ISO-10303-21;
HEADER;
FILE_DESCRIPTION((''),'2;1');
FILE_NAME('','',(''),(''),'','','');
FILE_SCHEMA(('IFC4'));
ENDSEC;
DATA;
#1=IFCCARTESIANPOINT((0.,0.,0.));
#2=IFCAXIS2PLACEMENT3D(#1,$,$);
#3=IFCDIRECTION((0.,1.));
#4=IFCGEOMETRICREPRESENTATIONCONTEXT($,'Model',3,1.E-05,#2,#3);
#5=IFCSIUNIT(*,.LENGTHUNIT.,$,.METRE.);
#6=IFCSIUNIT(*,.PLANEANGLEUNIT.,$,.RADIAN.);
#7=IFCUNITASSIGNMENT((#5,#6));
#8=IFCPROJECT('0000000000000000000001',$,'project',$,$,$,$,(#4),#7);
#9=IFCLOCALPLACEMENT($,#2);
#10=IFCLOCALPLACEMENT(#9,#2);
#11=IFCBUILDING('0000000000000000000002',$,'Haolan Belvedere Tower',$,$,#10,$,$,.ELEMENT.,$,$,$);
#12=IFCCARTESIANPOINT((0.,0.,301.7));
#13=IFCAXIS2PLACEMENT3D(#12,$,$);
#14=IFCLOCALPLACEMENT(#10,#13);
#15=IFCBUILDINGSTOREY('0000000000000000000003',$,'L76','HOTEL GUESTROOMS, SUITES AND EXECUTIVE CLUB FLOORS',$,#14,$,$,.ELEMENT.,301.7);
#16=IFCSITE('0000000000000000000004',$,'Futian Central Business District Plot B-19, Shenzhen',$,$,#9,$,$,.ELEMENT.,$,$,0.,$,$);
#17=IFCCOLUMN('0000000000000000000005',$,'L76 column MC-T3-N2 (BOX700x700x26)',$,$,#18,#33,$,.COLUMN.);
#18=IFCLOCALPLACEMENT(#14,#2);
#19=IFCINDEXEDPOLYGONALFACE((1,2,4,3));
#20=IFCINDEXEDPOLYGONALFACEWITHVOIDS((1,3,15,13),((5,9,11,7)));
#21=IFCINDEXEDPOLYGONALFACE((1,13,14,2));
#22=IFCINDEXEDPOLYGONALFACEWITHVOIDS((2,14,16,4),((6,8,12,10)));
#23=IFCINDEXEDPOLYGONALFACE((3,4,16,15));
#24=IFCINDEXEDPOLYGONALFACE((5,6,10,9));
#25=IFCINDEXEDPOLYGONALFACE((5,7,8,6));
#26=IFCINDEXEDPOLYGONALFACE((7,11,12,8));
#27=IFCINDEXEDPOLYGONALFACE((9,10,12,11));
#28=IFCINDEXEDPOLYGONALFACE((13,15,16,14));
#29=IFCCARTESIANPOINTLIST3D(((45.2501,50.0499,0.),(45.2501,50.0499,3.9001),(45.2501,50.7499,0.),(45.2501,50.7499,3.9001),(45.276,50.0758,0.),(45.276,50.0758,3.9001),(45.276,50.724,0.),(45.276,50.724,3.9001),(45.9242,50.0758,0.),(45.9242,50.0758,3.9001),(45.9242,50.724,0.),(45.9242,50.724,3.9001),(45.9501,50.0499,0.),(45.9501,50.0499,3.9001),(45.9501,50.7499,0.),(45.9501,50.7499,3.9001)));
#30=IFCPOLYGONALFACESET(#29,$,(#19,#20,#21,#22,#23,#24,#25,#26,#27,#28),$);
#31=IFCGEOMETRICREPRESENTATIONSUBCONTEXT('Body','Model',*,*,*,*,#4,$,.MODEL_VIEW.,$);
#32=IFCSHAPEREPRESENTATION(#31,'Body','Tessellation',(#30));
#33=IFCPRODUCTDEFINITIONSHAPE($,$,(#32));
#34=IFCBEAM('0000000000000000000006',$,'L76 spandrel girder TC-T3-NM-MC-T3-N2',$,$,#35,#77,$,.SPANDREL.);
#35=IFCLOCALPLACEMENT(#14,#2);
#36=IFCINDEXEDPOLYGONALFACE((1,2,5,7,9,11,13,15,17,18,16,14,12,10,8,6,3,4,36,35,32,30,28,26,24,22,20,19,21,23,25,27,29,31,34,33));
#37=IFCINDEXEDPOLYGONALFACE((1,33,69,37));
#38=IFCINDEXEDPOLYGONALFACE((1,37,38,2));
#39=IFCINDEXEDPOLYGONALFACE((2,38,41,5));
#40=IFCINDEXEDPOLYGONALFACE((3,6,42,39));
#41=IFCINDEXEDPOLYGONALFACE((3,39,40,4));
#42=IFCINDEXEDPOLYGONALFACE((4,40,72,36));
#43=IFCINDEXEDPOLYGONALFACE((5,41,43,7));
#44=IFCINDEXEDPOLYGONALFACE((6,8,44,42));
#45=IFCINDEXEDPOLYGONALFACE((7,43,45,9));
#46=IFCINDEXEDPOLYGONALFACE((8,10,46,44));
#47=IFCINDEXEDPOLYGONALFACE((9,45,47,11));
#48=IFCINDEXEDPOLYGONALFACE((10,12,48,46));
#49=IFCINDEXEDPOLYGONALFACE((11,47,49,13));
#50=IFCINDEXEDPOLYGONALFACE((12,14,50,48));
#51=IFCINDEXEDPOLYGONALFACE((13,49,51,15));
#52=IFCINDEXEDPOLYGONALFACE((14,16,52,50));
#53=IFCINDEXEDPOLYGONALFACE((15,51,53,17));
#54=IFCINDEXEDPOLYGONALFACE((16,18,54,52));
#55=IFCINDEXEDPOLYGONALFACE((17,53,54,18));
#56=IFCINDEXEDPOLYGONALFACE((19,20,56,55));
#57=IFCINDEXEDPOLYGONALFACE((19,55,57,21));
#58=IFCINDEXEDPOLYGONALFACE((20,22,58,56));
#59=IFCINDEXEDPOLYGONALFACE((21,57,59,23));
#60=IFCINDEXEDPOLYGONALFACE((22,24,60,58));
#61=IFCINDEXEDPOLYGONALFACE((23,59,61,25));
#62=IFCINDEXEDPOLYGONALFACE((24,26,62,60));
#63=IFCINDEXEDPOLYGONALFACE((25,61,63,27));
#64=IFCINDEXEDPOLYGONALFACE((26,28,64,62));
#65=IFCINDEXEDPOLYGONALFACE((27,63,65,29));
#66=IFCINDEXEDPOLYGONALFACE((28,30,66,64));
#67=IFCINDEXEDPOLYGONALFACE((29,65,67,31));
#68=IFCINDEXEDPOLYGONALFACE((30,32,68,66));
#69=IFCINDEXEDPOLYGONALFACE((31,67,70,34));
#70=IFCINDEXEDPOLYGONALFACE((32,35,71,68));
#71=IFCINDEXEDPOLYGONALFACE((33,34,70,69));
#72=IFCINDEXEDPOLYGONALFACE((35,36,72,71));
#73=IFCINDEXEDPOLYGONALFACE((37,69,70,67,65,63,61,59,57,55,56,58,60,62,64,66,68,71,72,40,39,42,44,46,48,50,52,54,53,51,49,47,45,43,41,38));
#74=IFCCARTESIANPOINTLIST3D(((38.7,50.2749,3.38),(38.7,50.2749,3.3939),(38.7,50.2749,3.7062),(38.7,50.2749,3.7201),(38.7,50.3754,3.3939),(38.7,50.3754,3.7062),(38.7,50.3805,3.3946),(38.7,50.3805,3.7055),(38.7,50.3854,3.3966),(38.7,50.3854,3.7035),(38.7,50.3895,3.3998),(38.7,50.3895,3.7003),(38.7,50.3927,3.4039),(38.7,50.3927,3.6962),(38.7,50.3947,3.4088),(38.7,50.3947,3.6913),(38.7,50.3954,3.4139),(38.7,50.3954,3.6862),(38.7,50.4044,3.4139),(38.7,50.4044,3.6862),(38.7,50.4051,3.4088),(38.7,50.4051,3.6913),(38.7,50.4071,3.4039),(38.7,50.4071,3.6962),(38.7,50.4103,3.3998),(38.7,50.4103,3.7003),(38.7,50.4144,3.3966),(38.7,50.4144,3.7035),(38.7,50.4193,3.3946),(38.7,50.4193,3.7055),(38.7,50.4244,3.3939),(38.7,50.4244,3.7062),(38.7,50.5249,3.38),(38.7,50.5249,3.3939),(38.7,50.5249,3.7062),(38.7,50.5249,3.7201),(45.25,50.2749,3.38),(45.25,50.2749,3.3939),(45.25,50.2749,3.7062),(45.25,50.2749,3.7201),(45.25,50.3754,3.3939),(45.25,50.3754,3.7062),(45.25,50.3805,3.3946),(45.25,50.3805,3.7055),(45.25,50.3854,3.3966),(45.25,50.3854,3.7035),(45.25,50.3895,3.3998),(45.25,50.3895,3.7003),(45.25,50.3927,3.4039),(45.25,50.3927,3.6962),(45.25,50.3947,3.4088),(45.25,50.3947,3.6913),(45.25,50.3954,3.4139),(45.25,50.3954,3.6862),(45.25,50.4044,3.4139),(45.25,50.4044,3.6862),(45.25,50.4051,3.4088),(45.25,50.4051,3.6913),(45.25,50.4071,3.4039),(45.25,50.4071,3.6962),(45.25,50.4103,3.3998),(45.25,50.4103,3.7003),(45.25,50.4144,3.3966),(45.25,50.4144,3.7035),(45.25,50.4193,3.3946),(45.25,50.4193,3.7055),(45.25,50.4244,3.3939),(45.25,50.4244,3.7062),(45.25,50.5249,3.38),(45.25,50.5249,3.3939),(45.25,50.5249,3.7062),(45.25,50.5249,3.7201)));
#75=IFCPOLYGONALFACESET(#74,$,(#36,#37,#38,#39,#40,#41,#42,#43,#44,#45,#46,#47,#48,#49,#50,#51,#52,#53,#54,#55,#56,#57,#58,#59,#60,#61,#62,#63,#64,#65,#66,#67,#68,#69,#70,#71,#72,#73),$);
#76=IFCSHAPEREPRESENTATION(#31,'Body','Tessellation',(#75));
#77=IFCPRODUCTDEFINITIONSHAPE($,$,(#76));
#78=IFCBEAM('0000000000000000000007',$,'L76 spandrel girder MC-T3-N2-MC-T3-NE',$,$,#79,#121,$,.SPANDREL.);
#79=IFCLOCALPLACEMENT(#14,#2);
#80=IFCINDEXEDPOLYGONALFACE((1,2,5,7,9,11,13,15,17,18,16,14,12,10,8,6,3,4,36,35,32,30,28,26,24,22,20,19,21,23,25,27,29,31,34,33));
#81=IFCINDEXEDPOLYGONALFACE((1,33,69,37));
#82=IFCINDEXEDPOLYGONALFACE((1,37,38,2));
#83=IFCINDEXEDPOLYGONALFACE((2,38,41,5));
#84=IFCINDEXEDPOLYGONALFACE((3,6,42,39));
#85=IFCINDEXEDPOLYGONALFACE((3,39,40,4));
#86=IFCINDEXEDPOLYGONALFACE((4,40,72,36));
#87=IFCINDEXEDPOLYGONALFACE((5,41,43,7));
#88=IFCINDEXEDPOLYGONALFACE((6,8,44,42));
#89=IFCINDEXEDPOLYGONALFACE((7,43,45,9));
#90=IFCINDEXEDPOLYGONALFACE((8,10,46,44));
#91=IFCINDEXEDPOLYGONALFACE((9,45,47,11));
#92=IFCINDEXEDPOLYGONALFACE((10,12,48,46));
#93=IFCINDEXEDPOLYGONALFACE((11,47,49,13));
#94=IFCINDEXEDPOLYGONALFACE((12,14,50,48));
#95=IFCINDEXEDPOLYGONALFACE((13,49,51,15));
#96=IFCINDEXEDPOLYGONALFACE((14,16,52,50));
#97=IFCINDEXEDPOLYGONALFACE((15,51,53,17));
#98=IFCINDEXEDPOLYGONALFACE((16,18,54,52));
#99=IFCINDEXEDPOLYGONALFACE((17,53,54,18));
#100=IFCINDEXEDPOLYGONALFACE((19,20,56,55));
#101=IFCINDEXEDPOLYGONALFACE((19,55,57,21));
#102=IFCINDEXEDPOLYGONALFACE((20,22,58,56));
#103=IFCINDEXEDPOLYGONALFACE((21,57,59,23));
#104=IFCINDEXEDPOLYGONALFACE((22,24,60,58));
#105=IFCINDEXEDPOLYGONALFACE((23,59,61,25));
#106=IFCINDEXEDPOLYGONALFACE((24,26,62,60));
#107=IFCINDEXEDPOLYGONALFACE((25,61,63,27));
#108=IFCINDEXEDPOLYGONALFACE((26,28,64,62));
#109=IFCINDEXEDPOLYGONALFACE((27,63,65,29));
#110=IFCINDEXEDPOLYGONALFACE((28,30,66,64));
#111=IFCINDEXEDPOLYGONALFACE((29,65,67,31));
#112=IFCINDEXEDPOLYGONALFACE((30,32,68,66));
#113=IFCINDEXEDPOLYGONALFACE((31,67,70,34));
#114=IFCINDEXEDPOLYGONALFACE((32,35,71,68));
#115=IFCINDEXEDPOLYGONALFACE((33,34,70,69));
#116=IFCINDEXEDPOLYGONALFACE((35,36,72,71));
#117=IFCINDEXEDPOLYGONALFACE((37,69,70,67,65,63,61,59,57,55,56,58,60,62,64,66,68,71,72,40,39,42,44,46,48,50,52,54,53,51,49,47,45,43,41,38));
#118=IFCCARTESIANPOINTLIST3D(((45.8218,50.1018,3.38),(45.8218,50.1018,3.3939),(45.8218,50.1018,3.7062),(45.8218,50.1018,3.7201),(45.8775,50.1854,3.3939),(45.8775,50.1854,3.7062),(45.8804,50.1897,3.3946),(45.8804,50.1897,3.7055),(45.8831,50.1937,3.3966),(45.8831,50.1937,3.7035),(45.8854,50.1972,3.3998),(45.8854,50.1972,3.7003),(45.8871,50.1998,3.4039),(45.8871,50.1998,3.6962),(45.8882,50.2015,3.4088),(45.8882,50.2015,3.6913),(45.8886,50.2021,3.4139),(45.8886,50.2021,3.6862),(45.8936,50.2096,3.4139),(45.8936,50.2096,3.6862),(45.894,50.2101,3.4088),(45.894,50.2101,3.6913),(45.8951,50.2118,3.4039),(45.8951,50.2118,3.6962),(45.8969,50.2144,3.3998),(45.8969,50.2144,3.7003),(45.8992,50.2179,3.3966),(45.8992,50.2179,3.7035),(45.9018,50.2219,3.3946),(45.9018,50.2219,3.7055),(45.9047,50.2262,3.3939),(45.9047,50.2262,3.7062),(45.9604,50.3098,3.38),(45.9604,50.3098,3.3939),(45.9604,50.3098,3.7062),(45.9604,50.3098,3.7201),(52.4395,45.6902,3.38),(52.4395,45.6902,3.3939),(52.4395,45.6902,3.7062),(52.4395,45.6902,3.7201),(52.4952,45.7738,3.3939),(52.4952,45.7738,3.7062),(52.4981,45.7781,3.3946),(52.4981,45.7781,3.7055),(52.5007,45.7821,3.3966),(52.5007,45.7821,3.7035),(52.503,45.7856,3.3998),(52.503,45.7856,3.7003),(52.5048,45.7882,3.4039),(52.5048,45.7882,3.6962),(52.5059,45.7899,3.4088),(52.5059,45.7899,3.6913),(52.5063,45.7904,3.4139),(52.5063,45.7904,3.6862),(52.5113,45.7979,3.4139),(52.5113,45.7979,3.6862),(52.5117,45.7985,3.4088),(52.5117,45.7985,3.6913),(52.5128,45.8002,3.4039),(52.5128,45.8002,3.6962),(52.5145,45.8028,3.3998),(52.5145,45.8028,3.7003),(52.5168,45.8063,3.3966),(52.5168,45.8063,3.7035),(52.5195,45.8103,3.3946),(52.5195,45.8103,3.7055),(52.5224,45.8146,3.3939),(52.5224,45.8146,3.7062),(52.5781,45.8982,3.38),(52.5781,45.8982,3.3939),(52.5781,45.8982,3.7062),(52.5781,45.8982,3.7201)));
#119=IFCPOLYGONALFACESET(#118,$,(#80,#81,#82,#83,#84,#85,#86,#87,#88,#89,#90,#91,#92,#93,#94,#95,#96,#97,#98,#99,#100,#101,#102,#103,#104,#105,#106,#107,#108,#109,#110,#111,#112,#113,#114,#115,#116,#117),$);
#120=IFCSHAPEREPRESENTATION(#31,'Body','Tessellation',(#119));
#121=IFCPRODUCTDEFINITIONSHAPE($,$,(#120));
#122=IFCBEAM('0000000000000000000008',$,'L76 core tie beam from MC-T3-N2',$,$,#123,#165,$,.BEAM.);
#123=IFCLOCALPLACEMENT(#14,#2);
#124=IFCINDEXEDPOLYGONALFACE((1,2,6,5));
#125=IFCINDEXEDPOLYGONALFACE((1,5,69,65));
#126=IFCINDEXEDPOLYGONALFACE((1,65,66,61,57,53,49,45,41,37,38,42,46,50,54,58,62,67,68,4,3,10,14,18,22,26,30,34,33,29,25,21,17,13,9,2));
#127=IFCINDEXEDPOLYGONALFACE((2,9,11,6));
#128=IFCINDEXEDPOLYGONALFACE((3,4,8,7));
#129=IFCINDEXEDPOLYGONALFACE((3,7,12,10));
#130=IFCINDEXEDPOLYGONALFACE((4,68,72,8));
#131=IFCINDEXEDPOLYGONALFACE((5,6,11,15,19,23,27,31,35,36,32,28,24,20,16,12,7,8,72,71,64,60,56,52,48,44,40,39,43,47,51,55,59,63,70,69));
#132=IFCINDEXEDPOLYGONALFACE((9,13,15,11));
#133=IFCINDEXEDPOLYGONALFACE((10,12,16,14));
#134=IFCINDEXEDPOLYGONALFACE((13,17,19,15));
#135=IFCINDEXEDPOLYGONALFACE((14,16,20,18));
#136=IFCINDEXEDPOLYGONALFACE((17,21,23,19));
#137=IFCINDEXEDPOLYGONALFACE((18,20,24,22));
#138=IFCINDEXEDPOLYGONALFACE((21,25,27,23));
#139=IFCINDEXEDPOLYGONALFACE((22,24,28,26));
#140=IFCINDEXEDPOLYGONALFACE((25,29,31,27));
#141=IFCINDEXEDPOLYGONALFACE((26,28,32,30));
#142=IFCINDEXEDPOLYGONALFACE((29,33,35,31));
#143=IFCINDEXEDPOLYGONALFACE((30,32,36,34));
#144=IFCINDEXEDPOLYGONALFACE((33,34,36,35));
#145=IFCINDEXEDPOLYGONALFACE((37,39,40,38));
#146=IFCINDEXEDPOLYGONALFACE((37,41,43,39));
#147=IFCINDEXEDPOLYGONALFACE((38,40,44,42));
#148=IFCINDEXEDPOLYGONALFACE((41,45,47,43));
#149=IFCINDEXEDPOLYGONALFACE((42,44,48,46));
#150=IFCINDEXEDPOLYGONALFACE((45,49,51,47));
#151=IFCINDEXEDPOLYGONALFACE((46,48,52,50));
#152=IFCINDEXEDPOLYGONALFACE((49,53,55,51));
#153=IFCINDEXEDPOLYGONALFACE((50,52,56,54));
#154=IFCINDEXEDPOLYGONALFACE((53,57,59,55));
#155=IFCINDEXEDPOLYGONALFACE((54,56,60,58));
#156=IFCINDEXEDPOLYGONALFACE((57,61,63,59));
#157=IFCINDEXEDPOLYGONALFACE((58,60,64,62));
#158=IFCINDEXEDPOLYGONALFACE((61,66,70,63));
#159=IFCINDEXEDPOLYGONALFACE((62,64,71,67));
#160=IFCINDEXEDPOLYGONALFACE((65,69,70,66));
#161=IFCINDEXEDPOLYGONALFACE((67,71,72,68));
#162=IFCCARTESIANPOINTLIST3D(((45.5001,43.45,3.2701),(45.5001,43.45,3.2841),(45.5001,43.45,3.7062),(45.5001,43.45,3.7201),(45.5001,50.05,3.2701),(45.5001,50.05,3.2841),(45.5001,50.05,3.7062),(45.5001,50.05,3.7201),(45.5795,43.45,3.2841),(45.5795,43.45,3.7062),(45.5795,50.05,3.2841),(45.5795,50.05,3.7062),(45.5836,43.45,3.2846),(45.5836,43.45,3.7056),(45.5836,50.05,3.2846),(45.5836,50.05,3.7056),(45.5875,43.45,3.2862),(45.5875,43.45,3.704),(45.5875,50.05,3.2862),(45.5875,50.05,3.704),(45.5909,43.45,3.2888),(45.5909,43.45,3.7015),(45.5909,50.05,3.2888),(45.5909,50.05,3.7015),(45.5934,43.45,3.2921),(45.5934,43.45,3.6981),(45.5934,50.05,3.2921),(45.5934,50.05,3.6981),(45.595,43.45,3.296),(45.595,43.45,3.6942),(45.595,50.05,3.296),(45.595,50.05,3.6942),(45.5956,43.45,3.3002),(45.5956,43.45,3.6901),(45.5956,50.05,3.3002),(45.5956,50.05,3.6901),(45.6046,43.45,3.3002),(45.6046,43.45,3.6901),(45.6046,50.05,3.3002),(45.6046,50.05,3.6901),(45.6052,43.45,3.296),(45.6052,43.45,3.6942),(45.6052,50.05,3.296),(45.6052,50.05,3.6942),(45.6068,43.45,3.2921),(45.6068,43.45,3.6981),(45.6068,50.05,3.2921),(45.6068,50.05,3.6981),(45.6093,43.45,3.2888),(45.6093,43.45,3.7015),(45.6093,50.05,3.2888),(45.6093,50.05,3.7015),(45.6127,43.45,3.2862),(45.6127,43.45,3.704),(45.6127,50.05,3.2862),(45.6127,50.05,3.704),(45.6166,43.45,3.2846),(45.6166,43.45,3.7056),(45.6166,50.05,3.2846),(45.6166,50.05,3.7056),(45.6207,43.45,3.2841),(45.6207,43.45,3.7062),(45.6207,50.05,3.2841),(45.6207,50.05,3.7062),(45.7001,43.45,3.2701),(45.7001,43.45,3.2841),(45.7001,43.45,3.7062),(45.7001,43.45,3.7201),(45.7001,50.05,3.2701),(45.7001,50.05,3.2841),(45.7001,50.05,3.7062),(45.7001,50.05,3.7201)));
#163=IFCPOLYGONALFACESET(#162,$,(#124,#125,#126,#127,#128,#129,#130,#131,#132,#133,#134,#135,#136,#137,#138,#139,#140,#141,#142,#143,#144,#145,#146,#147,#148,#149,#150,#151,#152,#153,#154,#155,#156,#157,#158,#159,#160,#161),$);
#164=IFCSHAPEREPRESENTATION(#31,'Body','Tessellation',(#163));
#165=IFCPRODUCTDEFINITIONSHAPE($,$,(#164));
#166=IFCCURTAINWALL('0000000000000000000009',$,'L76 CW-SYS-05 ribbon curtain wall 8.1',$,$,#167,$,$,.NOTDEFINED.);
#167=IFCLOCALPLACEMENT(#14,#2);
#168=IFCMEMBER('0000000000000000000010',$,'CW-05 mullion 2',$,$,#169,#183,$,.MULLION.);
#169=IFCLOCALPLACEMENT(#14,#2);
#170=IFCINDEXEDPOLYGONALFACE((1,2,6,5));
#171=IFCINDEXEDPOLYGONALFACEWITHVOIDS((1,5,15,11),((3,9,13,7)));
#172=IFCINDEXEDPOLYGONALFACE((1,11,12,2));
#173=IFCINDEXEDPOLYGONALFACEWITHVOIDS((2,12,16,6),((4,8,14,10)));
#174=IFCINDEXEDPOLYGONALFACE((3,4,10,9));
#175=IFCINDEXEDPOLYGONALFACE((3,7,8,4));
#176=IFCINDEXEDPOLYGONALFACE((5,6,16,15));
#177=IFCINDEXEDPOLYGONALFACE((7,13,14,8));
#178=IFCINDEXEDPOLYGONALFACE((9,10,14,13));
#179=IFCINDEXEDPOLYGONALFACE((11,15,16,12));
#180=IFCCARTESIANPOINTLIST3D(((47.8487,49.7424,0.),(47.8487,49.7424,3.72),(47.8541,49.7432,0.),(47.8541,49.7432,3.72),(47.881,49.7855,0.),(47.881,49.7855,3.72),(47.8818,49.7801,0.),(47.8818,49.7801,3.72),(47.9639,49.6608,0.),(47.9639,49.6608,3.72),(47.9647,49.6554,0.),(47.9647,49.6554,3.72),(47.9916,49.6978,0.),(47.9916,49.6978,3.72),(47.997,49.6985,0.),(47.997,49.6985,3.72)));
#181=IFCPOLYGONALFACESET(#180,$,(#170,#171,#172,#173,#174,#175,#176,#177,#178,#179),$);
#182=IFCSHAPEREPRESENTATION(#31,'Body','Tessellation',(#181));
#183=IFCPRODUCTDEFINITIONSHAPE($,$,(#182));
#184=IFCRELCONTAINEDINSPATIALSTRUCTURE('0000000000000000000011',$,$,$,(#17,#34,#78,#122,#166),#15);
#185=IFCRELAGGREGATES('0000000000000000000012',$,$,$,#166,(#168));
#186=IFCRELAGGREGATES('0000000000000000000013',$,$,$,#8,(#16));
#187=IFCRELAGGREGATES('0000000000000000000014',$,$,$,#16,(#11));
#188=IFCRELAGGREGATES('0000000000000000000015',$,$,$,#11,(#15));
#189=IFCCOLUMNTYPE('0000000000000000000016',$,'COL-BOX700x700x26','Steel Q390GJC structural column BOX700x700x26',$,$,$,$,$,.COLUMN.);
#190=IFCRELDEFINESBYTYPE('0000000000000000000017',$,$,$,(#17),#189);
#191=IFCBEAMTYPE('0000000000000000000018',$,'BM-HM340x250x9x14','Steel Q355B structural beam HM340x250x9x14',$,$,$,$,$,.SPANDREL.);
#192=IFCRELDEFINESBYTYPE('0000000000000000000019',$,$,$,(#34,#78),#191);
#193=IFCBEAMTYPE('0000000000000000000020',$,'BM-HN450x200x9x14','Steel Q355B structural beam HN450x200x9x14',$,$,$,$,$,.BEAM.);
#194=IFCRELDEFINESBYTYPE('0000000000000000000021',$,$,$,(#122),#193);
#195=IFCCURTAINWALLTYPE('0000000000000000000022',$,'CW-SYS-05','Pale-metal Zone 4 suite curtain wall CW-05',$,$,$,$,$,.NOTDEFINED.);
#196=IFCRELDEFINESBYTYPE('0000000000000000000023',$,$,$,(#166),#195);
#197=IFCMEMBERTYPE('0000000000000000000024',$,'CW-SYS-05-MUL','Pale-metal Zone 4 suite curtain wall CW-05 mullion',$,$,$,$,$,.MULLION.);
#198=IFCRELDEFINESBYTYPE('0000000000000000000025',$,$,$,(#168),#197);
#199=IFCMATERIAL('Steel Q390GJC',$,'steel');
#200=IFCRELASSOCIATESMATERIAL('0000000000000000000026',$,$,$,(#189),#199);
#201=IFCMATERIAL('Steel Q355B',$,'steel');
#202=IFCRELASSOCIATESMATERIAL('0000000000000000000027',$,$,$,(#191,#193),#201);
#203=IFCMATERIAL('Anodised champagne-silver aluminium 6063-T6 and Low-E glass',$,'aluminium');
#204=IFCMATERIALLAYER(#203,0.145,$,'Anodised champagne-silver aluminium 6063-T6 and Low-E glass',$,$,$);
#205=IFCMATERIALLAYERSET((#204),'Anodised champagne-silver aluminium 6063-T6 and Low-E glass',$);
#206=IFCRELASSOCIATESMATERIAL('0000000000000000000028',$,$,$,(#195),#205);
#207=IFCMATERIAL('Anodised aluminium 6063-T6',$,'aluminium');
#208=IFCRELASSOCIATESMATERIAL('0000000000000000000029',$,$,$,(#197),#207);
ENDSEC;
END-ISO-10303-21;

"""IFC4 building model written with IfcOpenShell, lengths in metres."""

from ifc_helpers import new_model, si_unit, direction, frame, origin, origin_2d, place, context, subcontext, project, spatial, hollow_rectangle, i_section, extrude, material, layer, layer_set, material_profile, profile_set, type_object, element, aggregate, save


model = new_model("IFC4")

# Units and contexts
model_context = context("Model", 3, precision=1e-05, world=origin(), true_north=direction((0.0, 1.0)))
body_context = subcontext(model_context, "Body", "Model", "MODEL_VIEW")
ifc_project = project(units=[si_unit("LENGTHUNIT", "METRE"), si_unit("PLANEANGLEUNIT", "RADIAN")], contexts=[model_context])

# Site, building, storey
site_placement = place(None, origin())
site = spatial("IfcSite", under=ifc_project, at=site_placement, Name="Futian Central Business District Plot B-19, Shenzhen", CompositionType="ELEMENT", RefElevation=0.0)
building_placement = place(site_placement, origin())
building = spatial("IfcBuilding", under=site, at=building_placement, Name="Haolan Belvedere Tower", CompositionType="ELEMENT")
storey_placement = place(building_placement, frame((0.0, 0.0, 301.7)))
storey = spatial("IfcBuildingStorey", under=building, at=storey_placement, Name="L76", Description="HOTEL GUESTROOMS, SUITES AND EXECUTIVE CLUB FLOORS", CompositionType="ELEMENT", Elevation=301.7)

# Column
ifc_material_1 = material(Name="Steel Q390GJC", Category="steel")
ifc_material_profile_1 = material_profile(ifc_material_1, hollow_rectangle(XDim=0.7, YDim=0.7, WallThickness=0.0259, at=origin_2d()), Name="Steel Q390GJC")
ifc_profile_set_1 = profile_set([ifc_material_profile_1], Name="Steel Q390GJC")
column_type = type_object("IfcColumnType", Name="COL-BOX700x700x26", Description="Steel Q390GJC structural column BOX700x700x26", PredefinedType="COLUMN", material=ifc_profile_set_1)
column_placement = place(storey_placement, frame((45.6001, 50.3999, 0.0), z_axis=(0.0, 0.0, 1.0), x_axis=(1.0, 0.0, 0.0)))
element("IfcColumn", 1, at=column_placement, inside=storey, type_object=column_type, Name="L76 column MC-T3-N2 (BOX700x700x26)", PredefinedType="COLUMN", context=body_context, shape_type="SweptSolid", body=[
    extrude(hollow_rectangle(XDim=0.7, YDim=0.7, WallThickness=0.0259, at=origin_2d()), origin(), (0.0, 0.0, 1.0), 3.9001),
])

# Beams
ifc_material_2 = material(Name="Steel Q355B", Category="steel")
ifc_material_profile_2 = material_profile(ifc_material_2, i_section(OverallWidth=0.25, OverallDepth=0.3401, WebThickness=0.009, FlangeThickness=0.0139, FilletRadius=0.02, at=origin_2d()), Name="Steel Q355B")
ifc_profile_set_2 = profile_set([ifc_material_profile_2], Name="Steel Q355B")
beam_type_1 = type_object("IfcBeamType", Name="BM-HM340x250x9x14", Description="Steel Q355B structural beam HM340x250x9x14", PredefinedType="SPANDREL", material=ifc_profile_set_2)
beam_1_placement = place(storey_placement, frame((38.7, 50.3999, 3.55), z_axis=(1.0, 0.0, 0.0), x_axis=(0.0, 1.0, 0.0)))
element("IfcBeam", 2, at=beam_1_placement, inside=storey, type_object=beam_type_1, Name="L76 spandrel girder TC-T3-NM-MC-T3-N2", PredefinedType="SPANDREL", context=body_context, shape_type="SweptSolid", body=[
    extrude(i_section(OverallWidth=0.25, OverallDepth=0.3401, WebThickness=0.009, FlangeThickness=0.0139, FilletRadius=0.02, at=origin_2d()), origin(), (0.0, 0.0, 1.0), 6.55),
])
beam_2_placement = place(storey_placement, frame((45.8911, 50.2058, 3.55), z_axis=(0.83206, -0.554686, 0.0), x_axis=(0.554686, 0.83206, 0.0)))
element("IfcBeam", 3, at=beam_2_placement, inside=storey, type_object=beam_type_1, Name="L76 spandrel girder MC-T3-N2-MC-T3-NE", PredefinedType="SPANDREL", context=body_context, shape_type="SweptSolid", body=[
    extrude(i_section(OverallWidth=0.25, OverallDepth=0.3401, WebThickness=0.009, FlangeThickness=0.0139, FilletRadius=0.02, at=origin_2d()), origin(), (0.0, 0.0, 1.0), 7.9534),
])
ifc_material_profile_3 = material_profile(ifc_material_2, i_section(OverallWidth=0.2, OverallDepth=0.45, WebThickness=0.009, FlangeThickness=0.0139, FilletRadius=0.0161, at=origin_2d()), Name="Steel Q355B")
ifc_profile_set_3 = profile_set([ifc_material_profile_3], Name="Steel Q355B")
beam_type_2 = type_object("IfcBeamType", Name="BM-HN450x200x9x14", Description="Steel Q355B structural beam HN450x200x9x14", PredefinedType="BEAM", material=ifc_profile_set_3)
beam_3_placement = place(storey_placement, frame((45.6001, 50.05, 3.4951), z_axis=(0.0, -1.0, 0.0), x_axis=(1.0, 0.0, 0.0)))
element("IfcBeam", 4, at=beam_3_placement, inside=storey, type_object=beam_type_2, Name="L76 core tie beam from MC-T3-N2", PredefinedType="BEAM", context=body_context, shape_type="SweptSolid", body=[
    extrude(i_section(OverallWidth=0.2, OverallDepth=0.45, WebThickness=0.009, FlangeThickness=0.0139, FilletRadius=0.0161, at=origin_2d()), origin(), (0.0, 0.0, 1.0), 6.6001),
])

# Curtain wall, member
ifc_material_3 = material(Name="Anodised champagne-silver aluminium 6063-T6 and Low-E glass", Category="aluminium")
ifc_layer_1 = layer(ifc_material_3, 0.145, Name="Anodised champagne-silver aluminium 6063-T6 and Low-E glass")
ifc_layer_set_1 = layer_set([ifc_layer_1], Name="Anodised champagne-silver aluminium 6063-T6 and Low-E glass")
curtain_wall_type = type_object("IfcCurtainWallType", Name="CW-SYS-05", Description="Pale-metal Zone 4 suite curtain wall CW-05", PredefinedType="NOTDEFINED", material=ifc_layer_set_1)
curtain_wall_1_placement = place(storey_placement, origin())
curtain_wall_1 = element("IfcCurtainWall", 5, at=curtain_wall_1_placement, inside=storey, type_object=curtain_wall_type, Name="L76 CW-SYS-05 ribbon curtain wall 8.1", PredefinedType="NOTDEFINED")
ifc_material_4 = material(Name="Anodised aluminium 6063-T6", Category="aluminium")
ifc_material_profile_4 = material_profile(ifc_material_4, hollow_rectangle(XDim=0.054, YDim=0.145, WallThickness=0.0039, at=origin_2d()), Name="Anodised aluminium 6063-T6")
ifc_profile_set_4 = profile_set([ifc_material_profile_4], Name="Anodised aluminium 6063-T6")
member_type_1 = type_object("IfcMemberType", Name="CW-SYS-05-MUL", Description="Pale-metal Zone 4 suite curtain wall CW-05 mullion", PredefinedType="MULLION", material=ifc_profile_set_4)
member_1_placement = place(storey_placement, frame((47.9229, 49.7205, 0.0), z_axis=(0.0, 0.0, 1.0), x_axis=(-0.600003, -0.799998, 0.0)))
member_1 = element("IfcMember", 6, at=member_1_placement, type_object=member_type_1, Name="CW-05 mullion 2", PredefinedType="MULLION", context=body_context, shape_type="SweptSolid", body=[
    extrude(hollow_rectangle(XDim=0.054, YDim=0.145, WallThickness=0.0039, at=origin_2d()), origin(), (0.0, 0.0, 1.0), 3.72),
])

aggregate(curtain_wall_1, [member_1])

save(model, "model.ifc")
